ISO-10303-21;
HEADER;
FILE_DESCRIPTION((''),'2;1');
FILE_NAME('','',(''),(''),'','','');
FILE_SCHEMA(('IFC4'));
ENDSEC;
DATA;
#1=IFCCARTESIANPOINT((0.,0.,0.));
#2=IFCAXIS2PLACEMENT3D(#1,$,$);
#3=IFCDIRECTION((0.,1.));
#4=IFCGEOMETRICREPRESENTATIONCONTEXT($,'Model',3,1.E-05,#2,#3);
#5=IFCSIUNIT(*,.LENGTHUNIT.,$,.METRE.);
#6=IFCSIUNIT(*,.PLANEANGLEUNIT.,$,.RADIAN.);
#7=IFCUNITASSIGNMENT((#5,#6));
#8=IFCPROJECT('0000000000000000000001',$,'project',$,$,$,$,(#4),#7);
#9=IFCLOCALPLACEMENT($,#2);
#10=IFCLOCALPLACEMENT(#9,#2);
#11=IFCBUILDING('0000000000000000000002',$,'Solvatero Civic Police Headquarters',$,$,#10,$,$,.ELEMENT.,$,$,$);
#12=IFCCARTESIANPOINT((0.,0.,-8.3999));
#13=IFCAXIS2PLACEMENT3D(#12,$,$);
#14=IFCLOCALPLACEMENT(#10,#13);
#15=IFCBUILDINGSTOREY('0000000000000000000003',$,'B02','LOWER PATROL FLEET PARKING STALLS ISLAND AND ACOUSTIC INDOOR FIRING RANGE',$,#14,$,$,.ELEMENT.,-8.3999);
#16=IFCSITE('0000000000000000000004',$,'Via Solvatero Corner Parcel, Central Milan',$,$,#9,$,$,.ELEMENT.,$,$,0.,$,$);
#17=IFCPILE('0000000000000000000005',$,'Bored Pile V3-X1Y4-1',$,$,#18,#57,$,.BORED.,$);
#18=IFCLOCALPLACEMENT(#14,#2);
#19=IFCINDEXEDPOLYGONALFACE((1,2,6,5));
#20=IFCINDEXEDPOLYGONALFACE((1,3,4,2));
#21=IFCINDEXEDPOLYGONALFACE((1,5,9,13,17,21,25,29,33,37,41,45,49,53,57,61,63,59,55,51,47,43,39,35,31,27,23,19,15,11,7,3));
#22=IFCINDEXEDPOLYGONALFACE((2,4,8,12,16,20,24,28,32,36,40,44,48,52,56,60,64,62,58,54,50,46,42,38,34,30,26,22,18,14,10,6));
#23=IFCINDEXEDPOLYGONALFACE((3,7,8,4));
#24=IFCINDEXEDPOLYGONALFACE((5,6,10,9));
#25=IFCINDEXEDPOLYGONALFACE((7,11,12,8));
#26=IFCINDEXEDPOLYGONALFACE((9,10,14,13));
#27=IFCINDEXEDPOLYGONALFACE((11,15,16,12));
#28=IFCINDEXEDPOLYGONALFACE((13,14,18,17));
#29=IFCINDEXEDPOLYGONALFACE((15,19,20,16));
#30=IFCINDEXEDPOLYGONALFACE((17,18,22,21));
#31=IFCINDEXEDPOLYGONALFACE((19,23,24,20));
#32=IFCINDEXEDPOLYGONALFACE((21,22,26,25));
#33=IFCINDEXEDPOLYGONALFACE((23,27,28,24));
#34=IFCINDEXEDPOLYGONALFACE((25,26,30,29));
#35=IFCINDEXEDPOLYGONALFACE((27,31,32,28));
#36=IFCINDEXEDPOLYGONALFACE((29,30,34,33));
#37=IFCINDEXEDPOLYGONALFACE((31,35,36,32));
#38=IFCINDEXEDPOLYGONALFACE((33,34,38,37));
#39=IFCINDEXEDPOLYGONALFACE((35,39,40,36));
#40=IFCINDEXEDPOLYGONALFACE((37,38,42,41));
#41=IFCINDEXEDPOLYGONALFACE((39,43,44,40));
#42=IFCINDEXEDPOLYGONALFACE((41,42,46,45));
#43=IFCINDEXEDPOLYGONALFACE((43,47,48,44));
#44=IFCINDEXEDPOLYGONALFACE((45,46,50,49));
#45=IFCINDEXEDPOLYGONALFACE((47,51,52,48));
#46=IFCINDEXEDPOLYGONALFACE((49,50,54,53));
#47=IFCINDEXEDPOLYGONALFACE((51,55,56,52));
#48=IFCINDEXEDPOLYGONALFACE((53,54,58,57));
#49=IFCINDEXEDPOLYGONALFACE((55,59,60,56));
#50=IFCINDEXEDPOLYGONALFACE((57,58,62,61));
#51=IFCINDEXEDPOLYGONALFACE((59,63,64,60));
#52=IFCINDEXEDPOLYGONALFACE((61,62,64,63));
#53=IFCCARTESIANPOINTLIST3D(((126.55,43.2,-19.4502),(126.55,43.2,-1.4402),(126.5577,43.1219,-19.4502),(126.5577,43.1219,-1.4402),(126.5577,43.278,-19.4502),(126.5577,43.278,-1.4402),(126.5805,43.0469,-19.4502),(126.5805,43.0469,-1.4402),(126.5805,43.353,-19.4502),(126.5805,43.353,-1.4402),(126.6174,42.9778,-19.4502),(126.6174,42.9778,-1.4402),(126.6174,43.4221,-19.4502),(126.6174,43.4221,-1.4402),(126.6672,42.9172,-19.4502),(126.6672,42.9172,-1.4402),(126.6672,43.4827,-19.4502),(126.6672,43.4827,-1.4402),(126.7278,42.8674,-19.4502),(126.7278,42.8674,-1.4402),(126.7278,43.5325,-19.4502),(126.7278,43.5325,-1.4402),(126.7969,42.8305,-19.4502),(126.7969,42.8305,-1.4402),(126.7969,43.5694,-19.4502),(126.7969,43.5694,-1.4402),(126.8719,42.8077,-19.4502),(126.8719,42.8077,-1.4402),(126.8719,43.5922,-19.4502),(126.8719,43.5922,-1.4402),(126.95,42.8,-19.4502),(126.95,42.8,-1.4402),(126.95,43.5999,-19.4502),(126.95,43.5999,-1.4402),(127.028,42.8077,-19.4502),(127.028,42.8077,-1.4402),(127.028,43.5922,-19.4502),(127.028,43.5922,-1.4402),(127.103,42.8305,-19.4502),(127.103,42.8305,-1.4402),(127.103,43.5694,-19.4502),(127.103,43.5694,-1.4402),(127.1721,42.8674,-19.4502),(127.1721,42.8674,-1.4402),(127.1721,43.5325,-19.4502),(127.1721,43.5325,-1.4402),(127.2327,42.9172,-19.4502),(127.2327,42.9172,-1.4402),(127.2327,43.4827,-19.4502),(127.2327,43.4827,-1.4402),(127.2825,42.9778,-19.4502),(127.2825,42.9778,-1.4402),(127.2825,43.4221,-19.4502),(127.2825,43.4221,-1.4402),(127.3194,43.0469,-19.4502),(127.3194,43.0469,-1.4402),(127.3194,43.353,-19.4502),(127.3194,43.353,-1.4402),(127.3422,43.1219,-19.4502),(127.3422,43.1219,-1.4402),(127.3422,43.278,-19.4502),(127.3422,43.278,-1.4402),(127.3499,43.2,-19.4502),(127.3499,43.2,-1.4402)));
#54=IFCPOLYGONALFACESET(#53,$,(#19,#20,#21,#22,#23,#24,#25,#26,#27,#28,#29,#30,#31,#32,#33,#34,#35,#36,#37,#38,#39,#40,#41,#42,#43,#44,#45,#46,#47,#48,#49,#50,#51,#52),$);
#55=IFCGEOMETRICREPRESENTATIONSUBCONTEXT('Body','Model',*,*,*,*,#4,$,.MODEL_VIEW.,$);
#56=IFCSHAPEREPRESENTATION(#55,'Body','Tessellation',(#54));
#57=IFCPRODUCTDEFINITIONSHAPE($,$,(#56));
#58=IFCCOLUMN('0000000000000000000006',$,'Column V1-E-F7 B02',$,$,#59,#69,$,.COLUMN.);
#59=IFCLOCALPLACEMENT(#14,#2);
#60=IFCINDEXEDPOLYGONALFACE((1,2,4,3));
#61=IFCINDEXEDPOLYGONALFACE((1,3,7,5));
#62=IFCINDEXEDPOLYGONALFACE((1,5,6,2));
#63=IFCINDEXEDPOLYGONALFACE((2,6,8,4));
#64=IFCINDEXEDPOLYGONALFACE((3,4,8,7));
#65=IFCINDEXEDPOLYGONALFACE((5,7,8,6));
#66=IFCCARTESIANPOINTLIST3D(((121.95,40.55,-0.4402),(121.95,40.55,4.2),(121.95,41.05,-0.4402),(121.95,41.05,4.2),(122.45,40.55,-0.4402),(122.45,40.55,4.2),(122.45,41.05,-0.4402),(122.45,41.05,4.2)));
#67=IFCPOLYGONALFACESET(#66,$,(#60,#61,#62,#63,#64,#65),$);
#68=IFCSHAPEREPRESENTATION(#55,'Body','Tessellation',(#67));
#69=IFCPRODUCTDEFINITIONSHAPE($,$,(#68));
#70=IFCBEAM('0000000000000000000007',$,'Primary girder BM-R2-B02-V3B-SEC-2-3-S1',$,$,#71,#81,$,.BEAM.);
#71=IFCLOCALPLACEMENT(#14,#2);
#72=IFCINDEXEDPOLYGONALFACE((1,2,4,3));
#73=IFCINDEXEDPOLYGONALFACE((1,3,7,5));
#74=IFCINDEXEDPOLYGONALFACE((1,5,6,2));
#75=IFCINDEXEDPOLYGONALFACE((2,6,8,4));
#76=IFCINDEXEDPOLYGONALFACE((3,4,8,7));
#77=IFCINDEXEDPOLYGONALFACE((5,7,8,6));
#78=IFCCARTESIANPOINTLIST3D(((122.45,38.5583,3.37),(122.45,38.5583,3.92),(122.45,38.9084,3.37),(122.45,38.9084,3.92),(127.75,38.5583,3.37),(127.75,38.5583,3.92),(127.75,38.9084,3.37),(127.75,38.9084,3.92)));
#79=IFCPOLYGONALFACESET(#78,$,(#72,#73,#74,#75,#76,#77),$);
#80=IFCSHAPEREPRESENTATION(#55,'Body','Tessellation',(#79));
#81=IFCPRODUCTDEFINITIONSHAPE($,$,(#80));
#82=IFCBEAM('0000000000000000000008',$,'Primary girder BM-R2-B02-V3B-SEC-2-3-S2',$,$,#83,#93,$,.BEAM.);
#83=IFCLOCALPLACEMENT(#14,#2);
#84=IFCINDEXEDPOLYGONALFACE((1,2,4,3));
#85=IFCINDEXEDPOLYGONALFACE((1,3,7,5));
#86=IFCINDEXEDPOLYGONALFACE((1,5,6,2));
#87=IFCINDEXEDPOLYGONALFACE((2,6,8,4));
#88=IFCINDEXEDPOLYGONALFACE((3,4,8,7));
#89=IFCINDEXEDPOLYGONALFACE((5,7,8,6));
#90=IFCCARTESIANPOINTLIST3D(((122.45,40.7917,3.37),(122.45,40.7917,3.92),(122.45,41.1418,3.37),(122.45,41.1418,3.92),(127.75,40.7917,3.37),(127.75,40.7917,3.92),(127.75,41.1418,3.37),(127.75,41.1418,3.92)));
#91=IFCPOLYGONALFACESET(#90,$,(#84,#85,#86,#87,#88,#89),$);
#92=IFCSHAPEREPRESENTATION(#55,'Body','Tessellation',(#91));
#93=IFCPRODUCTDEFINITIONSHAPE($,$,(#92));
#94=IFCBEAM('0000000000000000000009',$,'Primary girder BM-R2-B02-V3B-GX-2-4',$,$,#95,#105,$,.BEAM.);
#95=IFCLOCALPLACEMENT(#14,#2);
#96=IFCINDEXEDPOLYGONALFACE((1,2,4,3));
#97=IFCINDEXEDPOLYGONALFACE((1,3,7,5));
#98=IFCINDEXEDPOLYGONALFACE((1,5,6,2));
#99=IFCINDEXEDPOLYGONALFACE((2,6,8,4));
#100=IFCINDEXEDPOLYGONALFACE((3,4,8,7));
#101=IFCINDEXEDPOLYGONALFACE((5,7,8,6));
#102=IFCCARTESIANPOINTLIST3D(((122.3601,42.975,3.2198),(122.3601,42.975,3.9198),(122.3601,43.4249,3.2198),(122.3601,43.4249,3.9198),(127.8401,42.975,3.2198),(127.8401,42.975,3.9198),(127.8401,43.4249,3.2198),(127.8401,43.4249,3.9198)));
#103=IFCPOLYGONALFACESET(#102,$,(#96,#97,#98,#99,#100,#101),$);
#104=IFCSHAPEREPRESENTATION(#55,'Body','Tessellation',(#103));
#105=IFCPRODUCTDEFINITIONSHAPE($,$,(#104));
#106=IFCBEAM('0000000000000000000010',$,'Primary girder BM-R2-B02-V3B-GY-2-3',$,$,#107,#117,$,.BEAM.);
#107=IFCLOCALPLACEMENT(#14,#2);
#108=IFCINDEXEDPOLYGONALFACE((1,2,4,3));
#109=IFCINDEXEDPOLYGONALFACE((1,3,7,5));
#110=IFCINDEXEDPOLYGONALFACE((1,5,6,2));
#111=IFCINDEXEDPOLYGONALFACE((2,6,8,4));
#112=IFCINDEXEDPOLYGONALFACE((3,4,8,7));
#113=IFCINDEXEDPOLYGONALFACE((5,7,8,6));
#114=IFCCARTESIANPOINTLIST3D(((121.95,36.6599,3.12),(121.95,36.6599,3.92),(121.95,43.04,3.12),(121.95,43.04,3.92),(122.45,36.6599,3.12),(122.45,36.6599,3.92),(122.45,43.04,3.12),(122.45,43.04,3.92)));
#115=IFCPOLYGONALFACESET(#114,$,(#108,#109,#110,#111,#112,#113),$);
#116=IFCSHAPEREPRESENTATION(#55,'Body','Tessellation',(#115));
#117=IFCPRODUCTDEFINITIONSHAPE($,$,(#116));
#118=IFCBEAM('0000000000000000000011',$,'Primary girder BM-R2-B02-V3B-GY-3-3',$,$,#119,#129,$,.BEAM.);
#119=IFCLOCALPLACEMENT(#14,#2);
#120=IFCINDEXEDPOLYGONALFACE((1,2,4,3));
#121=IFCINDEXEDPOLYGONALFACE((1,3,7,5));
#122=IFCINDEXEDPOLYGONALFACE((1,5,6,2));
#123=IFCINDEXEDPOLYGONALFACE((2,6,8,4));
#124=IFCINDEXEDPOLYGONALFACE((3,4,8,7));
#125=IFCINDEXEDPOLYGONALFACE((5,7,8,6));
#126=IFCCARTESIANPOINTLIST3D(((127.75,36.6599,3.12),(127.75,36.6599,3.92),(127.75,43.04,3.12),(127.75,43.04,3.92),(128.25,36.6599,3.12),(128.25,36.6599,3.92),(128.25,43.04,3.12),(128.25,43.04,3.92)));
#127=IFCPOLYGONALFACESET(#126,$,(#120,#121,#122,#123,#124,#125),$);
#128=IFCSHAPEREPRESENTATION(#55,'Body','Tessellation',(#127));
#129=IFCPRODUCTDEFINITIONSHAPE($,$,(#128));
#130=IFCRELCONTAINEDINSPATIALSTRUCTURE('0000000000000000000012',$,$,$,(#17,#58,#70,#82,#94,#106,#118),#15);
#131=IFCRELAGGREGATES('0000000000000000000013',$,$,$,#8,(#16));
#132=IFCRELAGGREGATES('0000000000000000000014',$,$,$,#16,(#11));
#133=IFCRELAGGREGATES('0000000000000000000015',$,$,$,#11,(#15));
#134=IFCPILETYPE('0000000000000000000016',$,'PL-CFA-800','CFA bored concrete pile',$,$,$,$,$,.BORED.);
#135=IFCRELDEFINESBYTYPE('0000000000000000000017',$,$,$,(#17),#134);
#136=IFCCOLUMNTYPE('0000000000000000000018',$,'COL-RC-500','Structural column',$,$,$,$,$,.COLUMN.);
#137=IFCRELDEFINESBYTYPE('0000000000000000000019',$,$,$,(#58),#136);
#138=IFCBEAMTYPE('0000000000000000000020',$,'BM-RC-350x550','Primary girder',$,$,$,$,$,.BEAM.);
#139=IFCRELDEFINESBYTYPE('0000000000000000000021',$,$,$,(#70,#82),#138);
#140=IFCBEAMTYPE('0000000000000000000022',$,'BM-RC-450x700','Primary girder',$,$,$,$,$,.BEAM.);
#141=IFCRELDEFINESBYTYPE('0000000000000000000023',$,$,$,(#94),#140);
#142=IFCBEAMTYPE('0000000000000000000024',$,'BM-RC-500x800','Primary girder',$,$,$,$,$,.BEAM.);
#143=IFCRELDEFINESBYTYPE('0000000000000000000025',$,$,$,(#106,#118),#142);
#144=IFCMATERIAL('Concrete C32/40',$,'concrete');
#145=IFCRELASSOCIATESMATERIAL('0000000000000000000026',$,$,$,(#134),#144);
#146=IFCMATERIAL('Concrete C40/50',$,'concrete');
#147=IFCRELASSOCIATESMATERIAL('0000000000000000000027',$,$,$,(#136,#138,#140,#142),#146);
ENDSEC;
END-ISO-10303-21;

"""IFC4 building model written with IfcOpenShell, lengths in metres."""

from ifc_helpers import new_model, si_unit, direction, frame, origin, origin_2d, place, context, subcontext, project, spatial, rectangle, circle, extrude, material, material_profile, profile_set, type_object, element, save


model = new_model("IFC4")

# Units and contexts
model_context = context("Model", 3, precision=1e-05, world=origin(), true_north=direction((0.0, 1.0)))
body_context = subcontext(model_context, "Body", "Model", "MODEL_VIEW")
ifc_project = project(units=[si_unit("LENGTHUNIT", "METRE"), si_unit("PLANEANGLEUNIT", "RADIAN")], contexts=[model_context])

# Site, building, storey
site_placement = place(None, origin())
site = spatial("IfcSite", under=ifc_project, at=site_placement, Name="Via Solvatero Corner Parcel, Central Milan", CompositionType="ELEMENT", RefElevation=0.0)
building_placement = place(site_placement, origin())
building = spatial("IfcBuilding", under=site, at=building_placement, Name="Solvatero Civic Police Headquarters", CompositionType="ELEMENT")
storey_placement = place(building_placement, frame((0.0, 0.0, -8.3999)))
storey = spatial("IfcBuildingStorey", under=building, at=storey_placement, Name="B02", Description="LOWER PATROL FLEET PARKING STALLS ISLAND AND ACOUSTIC INDOOR FIRING RANGE", CompositionType="ELEMENT", Elevation=-8.3999)

# Pile
ifc_material_1 = material(Name="Concrete C32/40", Category="concrete")
ifc_material_profile_1 = material_profile(ifc_material_1, circle(Radius=0.3999, at=origin_2d()), Name="CFA PILE D800")
ifc_profile_set_1 = profile_set([ifc_material_profile_1], Name="Concrete C32/40")
pile_type = type_object("IfcPileType", Name="PL-CFA-800", Description="CFA bored concrete pile", PredefinedType="BORED", material=ifc_profile_set_1)
pile_placement = place(storey_placement, frame((126.95, 43.2, -1.4402), z_axis=(0.0, 0.0, -1.0), x_axis=(1.0, 0.0, 0.0)))
element("IfcPile", 1, at=pile_placement, inside=storey, type_object=pile_type, Name="Bored Pile V3-X1Y4-1", PredefinedType="BORED", context=body_context, shape_type="SweptSolid", body=[
    extrude(circle(Radius=0.3999, at=origin_2d()), origin(), (0.0, 0.0, 1.0), 18.01),
])

# Column
ifc_material_2 = material(Name="Concrete C40/50", Category="concrete")
ifc_material_profile_2 = material_profile(ifc_material_2, rectangle(XDim=0.5, YDim=0.5, at=origin_2d()), Name="RC 500x500")
ifc_profile_set_2 = profile_set([ifc_material_profile_2], Name="Concrete C40/50")
column_type = type_object("IfcColumnType", Name="COL-RC-500", Description="Structural column", PredefinedType="COLUMN", material=ifc_profile_set_2)
column_placement = place(storey_placement, frame((122.2, 40.8, -0.4402), z_axis=(0.0, 0.0, 1.0), x_axis=(1.0, 0.0, 0.0)))
element("IfcColumn", 2, at=column_placement, inside=storey, type_object=column_type, Name="Column V1-E-F7 B02", PredefinedType="COLUMN", context=body_context, shape_type="SweptSolid", body=[
    extrude(rectangle(XDim=0.5, YDim=0.5, at=origin_2d()), origin(), (0.0, 0.0, 1.0), 4.6401),
])

# Beams
ifc_material_profile_3 = material_profile(ifc_material_2, rectangle(XDim=0.3501, YDim=0.55, at=origin_2d()), Name="RC 350x550")
ifc_profile_set_3 = profile_set([ifc_material_profile_3], Name="Concrete C40/50")
beam_type_1 = type_object("IfcBeamType", Name="BM-RC-350x550", Description="Primary girder", PredefinedType="BEAM", material=ifc_profile_set_3)
for number, where, z_axis, x_axis, name in (
    (3, (122.45, 38.7334, 3.645), (1.0, 0.0, 0.0), (0.0, 1.0, 0.0), "Primary girder BM-R2-B02-V3B-SEC-2-3-S1"),
    (4, (122.45, 40.9668, 3.645), (1.0, 0.0, 0.0), (0.0, 1.0, 0.0), "Primary girder BM-R2-B02-V3B-SEC-2-3-S2"),
):
    element("IfcBeam", number, at=place(storey_placement, frame(where, z_axis=z_axis, x_axis=x_axis)), inside=storey, type_object=beam_type_1, Name=name, PredefinedType="BEAM", context=body_context, shape_type="SweptSolid", body=[
        extrude(rectangle(XDim=0.3501, YDim=0.55, at=origin_2d()), origin(), (0.0, 0.0, 1.0), 5.3),
    ])
ifc_material_profile_4 = material_profile(ifc_material_2, rectangle(XDim=0.45, YDim=0.7, at=origin_2d()), Name="RC 450x700")
ifc_profile_set_4 = profile_set([ifc_material_profile_4], Name="Concrete C40/50")
beam_type_2 = type_object("IfcBeamType", Name="BM-RC-450x700", Description="Primary girder", PredefinedType="BEAM", material=ifc_profile_set_4)
beam_placement = place(storey_placement, frame((122.3601, 43.2, 3.5698), z_axis=(1.0, 0.0, 0.0), x_axis=(0.0, 1.0, 0.0)))
element("IfcBeam", 5, at=beam_placement, inside=storey, type_object=beam_type_2, Name="Primary girder BM-R2-B02-V3B-GX-2-4", PredefinedType="BEAM", context=body_context, shape_type="SweptSolid", body=[
    extrude(rectangle(XDim=0.45, YDim=0.7, at=origin_2d()), origin(), (0.0, 0.0, 1.0), 5.48),
])
ifc_material_profile_5 = material_profile(ifc_material_2, rectangle(XDim=0.5, YDim=0.8, at=origin_2d()), Name="RC 500x800")
ifc_profile_set_5 = profile_set([ifc_material_profile_5], Name="Concrete C40/50")
beam_type_3 = type_object("IfcBeamType", Name="BM-RC-500x800", Description="Primary girder", PredefinedType="BEAM", material=ifc_profile_set_5)
for number, where, z_axis, x_axis, name in (
    (6, (122.2, 36.6599, 3.52), (0.0, 1.0, 0.0), (-1.0, 0.0, 0.0), "Primary girder BM-R2-B02-V3B-GY-2-3"),
    (7, (128.0, 36.6599, 3.52), (0.0, 1.0, 0.0), (-1.0, 0.0, 0.0), "Primary girder BM-R2-B02-V3B-GY-3-3"),
):
    element("IfcBeam", number, at=place(storey_placement, frame(where, z_axis=z_axis, x_axis=x_axis)), inside=storey, type_object=beam_type_3, Name=name, PredefinedType="BEAM", context=body_context, shape_type="SweptSolid", body=[
        extrude(rectangle(XDim=0.5, YDim=0.8, at=origin_2d()), origin(), (0.0, 0.0, 1.0), 6.3801),
    ])

save(model, "model.ifc")
